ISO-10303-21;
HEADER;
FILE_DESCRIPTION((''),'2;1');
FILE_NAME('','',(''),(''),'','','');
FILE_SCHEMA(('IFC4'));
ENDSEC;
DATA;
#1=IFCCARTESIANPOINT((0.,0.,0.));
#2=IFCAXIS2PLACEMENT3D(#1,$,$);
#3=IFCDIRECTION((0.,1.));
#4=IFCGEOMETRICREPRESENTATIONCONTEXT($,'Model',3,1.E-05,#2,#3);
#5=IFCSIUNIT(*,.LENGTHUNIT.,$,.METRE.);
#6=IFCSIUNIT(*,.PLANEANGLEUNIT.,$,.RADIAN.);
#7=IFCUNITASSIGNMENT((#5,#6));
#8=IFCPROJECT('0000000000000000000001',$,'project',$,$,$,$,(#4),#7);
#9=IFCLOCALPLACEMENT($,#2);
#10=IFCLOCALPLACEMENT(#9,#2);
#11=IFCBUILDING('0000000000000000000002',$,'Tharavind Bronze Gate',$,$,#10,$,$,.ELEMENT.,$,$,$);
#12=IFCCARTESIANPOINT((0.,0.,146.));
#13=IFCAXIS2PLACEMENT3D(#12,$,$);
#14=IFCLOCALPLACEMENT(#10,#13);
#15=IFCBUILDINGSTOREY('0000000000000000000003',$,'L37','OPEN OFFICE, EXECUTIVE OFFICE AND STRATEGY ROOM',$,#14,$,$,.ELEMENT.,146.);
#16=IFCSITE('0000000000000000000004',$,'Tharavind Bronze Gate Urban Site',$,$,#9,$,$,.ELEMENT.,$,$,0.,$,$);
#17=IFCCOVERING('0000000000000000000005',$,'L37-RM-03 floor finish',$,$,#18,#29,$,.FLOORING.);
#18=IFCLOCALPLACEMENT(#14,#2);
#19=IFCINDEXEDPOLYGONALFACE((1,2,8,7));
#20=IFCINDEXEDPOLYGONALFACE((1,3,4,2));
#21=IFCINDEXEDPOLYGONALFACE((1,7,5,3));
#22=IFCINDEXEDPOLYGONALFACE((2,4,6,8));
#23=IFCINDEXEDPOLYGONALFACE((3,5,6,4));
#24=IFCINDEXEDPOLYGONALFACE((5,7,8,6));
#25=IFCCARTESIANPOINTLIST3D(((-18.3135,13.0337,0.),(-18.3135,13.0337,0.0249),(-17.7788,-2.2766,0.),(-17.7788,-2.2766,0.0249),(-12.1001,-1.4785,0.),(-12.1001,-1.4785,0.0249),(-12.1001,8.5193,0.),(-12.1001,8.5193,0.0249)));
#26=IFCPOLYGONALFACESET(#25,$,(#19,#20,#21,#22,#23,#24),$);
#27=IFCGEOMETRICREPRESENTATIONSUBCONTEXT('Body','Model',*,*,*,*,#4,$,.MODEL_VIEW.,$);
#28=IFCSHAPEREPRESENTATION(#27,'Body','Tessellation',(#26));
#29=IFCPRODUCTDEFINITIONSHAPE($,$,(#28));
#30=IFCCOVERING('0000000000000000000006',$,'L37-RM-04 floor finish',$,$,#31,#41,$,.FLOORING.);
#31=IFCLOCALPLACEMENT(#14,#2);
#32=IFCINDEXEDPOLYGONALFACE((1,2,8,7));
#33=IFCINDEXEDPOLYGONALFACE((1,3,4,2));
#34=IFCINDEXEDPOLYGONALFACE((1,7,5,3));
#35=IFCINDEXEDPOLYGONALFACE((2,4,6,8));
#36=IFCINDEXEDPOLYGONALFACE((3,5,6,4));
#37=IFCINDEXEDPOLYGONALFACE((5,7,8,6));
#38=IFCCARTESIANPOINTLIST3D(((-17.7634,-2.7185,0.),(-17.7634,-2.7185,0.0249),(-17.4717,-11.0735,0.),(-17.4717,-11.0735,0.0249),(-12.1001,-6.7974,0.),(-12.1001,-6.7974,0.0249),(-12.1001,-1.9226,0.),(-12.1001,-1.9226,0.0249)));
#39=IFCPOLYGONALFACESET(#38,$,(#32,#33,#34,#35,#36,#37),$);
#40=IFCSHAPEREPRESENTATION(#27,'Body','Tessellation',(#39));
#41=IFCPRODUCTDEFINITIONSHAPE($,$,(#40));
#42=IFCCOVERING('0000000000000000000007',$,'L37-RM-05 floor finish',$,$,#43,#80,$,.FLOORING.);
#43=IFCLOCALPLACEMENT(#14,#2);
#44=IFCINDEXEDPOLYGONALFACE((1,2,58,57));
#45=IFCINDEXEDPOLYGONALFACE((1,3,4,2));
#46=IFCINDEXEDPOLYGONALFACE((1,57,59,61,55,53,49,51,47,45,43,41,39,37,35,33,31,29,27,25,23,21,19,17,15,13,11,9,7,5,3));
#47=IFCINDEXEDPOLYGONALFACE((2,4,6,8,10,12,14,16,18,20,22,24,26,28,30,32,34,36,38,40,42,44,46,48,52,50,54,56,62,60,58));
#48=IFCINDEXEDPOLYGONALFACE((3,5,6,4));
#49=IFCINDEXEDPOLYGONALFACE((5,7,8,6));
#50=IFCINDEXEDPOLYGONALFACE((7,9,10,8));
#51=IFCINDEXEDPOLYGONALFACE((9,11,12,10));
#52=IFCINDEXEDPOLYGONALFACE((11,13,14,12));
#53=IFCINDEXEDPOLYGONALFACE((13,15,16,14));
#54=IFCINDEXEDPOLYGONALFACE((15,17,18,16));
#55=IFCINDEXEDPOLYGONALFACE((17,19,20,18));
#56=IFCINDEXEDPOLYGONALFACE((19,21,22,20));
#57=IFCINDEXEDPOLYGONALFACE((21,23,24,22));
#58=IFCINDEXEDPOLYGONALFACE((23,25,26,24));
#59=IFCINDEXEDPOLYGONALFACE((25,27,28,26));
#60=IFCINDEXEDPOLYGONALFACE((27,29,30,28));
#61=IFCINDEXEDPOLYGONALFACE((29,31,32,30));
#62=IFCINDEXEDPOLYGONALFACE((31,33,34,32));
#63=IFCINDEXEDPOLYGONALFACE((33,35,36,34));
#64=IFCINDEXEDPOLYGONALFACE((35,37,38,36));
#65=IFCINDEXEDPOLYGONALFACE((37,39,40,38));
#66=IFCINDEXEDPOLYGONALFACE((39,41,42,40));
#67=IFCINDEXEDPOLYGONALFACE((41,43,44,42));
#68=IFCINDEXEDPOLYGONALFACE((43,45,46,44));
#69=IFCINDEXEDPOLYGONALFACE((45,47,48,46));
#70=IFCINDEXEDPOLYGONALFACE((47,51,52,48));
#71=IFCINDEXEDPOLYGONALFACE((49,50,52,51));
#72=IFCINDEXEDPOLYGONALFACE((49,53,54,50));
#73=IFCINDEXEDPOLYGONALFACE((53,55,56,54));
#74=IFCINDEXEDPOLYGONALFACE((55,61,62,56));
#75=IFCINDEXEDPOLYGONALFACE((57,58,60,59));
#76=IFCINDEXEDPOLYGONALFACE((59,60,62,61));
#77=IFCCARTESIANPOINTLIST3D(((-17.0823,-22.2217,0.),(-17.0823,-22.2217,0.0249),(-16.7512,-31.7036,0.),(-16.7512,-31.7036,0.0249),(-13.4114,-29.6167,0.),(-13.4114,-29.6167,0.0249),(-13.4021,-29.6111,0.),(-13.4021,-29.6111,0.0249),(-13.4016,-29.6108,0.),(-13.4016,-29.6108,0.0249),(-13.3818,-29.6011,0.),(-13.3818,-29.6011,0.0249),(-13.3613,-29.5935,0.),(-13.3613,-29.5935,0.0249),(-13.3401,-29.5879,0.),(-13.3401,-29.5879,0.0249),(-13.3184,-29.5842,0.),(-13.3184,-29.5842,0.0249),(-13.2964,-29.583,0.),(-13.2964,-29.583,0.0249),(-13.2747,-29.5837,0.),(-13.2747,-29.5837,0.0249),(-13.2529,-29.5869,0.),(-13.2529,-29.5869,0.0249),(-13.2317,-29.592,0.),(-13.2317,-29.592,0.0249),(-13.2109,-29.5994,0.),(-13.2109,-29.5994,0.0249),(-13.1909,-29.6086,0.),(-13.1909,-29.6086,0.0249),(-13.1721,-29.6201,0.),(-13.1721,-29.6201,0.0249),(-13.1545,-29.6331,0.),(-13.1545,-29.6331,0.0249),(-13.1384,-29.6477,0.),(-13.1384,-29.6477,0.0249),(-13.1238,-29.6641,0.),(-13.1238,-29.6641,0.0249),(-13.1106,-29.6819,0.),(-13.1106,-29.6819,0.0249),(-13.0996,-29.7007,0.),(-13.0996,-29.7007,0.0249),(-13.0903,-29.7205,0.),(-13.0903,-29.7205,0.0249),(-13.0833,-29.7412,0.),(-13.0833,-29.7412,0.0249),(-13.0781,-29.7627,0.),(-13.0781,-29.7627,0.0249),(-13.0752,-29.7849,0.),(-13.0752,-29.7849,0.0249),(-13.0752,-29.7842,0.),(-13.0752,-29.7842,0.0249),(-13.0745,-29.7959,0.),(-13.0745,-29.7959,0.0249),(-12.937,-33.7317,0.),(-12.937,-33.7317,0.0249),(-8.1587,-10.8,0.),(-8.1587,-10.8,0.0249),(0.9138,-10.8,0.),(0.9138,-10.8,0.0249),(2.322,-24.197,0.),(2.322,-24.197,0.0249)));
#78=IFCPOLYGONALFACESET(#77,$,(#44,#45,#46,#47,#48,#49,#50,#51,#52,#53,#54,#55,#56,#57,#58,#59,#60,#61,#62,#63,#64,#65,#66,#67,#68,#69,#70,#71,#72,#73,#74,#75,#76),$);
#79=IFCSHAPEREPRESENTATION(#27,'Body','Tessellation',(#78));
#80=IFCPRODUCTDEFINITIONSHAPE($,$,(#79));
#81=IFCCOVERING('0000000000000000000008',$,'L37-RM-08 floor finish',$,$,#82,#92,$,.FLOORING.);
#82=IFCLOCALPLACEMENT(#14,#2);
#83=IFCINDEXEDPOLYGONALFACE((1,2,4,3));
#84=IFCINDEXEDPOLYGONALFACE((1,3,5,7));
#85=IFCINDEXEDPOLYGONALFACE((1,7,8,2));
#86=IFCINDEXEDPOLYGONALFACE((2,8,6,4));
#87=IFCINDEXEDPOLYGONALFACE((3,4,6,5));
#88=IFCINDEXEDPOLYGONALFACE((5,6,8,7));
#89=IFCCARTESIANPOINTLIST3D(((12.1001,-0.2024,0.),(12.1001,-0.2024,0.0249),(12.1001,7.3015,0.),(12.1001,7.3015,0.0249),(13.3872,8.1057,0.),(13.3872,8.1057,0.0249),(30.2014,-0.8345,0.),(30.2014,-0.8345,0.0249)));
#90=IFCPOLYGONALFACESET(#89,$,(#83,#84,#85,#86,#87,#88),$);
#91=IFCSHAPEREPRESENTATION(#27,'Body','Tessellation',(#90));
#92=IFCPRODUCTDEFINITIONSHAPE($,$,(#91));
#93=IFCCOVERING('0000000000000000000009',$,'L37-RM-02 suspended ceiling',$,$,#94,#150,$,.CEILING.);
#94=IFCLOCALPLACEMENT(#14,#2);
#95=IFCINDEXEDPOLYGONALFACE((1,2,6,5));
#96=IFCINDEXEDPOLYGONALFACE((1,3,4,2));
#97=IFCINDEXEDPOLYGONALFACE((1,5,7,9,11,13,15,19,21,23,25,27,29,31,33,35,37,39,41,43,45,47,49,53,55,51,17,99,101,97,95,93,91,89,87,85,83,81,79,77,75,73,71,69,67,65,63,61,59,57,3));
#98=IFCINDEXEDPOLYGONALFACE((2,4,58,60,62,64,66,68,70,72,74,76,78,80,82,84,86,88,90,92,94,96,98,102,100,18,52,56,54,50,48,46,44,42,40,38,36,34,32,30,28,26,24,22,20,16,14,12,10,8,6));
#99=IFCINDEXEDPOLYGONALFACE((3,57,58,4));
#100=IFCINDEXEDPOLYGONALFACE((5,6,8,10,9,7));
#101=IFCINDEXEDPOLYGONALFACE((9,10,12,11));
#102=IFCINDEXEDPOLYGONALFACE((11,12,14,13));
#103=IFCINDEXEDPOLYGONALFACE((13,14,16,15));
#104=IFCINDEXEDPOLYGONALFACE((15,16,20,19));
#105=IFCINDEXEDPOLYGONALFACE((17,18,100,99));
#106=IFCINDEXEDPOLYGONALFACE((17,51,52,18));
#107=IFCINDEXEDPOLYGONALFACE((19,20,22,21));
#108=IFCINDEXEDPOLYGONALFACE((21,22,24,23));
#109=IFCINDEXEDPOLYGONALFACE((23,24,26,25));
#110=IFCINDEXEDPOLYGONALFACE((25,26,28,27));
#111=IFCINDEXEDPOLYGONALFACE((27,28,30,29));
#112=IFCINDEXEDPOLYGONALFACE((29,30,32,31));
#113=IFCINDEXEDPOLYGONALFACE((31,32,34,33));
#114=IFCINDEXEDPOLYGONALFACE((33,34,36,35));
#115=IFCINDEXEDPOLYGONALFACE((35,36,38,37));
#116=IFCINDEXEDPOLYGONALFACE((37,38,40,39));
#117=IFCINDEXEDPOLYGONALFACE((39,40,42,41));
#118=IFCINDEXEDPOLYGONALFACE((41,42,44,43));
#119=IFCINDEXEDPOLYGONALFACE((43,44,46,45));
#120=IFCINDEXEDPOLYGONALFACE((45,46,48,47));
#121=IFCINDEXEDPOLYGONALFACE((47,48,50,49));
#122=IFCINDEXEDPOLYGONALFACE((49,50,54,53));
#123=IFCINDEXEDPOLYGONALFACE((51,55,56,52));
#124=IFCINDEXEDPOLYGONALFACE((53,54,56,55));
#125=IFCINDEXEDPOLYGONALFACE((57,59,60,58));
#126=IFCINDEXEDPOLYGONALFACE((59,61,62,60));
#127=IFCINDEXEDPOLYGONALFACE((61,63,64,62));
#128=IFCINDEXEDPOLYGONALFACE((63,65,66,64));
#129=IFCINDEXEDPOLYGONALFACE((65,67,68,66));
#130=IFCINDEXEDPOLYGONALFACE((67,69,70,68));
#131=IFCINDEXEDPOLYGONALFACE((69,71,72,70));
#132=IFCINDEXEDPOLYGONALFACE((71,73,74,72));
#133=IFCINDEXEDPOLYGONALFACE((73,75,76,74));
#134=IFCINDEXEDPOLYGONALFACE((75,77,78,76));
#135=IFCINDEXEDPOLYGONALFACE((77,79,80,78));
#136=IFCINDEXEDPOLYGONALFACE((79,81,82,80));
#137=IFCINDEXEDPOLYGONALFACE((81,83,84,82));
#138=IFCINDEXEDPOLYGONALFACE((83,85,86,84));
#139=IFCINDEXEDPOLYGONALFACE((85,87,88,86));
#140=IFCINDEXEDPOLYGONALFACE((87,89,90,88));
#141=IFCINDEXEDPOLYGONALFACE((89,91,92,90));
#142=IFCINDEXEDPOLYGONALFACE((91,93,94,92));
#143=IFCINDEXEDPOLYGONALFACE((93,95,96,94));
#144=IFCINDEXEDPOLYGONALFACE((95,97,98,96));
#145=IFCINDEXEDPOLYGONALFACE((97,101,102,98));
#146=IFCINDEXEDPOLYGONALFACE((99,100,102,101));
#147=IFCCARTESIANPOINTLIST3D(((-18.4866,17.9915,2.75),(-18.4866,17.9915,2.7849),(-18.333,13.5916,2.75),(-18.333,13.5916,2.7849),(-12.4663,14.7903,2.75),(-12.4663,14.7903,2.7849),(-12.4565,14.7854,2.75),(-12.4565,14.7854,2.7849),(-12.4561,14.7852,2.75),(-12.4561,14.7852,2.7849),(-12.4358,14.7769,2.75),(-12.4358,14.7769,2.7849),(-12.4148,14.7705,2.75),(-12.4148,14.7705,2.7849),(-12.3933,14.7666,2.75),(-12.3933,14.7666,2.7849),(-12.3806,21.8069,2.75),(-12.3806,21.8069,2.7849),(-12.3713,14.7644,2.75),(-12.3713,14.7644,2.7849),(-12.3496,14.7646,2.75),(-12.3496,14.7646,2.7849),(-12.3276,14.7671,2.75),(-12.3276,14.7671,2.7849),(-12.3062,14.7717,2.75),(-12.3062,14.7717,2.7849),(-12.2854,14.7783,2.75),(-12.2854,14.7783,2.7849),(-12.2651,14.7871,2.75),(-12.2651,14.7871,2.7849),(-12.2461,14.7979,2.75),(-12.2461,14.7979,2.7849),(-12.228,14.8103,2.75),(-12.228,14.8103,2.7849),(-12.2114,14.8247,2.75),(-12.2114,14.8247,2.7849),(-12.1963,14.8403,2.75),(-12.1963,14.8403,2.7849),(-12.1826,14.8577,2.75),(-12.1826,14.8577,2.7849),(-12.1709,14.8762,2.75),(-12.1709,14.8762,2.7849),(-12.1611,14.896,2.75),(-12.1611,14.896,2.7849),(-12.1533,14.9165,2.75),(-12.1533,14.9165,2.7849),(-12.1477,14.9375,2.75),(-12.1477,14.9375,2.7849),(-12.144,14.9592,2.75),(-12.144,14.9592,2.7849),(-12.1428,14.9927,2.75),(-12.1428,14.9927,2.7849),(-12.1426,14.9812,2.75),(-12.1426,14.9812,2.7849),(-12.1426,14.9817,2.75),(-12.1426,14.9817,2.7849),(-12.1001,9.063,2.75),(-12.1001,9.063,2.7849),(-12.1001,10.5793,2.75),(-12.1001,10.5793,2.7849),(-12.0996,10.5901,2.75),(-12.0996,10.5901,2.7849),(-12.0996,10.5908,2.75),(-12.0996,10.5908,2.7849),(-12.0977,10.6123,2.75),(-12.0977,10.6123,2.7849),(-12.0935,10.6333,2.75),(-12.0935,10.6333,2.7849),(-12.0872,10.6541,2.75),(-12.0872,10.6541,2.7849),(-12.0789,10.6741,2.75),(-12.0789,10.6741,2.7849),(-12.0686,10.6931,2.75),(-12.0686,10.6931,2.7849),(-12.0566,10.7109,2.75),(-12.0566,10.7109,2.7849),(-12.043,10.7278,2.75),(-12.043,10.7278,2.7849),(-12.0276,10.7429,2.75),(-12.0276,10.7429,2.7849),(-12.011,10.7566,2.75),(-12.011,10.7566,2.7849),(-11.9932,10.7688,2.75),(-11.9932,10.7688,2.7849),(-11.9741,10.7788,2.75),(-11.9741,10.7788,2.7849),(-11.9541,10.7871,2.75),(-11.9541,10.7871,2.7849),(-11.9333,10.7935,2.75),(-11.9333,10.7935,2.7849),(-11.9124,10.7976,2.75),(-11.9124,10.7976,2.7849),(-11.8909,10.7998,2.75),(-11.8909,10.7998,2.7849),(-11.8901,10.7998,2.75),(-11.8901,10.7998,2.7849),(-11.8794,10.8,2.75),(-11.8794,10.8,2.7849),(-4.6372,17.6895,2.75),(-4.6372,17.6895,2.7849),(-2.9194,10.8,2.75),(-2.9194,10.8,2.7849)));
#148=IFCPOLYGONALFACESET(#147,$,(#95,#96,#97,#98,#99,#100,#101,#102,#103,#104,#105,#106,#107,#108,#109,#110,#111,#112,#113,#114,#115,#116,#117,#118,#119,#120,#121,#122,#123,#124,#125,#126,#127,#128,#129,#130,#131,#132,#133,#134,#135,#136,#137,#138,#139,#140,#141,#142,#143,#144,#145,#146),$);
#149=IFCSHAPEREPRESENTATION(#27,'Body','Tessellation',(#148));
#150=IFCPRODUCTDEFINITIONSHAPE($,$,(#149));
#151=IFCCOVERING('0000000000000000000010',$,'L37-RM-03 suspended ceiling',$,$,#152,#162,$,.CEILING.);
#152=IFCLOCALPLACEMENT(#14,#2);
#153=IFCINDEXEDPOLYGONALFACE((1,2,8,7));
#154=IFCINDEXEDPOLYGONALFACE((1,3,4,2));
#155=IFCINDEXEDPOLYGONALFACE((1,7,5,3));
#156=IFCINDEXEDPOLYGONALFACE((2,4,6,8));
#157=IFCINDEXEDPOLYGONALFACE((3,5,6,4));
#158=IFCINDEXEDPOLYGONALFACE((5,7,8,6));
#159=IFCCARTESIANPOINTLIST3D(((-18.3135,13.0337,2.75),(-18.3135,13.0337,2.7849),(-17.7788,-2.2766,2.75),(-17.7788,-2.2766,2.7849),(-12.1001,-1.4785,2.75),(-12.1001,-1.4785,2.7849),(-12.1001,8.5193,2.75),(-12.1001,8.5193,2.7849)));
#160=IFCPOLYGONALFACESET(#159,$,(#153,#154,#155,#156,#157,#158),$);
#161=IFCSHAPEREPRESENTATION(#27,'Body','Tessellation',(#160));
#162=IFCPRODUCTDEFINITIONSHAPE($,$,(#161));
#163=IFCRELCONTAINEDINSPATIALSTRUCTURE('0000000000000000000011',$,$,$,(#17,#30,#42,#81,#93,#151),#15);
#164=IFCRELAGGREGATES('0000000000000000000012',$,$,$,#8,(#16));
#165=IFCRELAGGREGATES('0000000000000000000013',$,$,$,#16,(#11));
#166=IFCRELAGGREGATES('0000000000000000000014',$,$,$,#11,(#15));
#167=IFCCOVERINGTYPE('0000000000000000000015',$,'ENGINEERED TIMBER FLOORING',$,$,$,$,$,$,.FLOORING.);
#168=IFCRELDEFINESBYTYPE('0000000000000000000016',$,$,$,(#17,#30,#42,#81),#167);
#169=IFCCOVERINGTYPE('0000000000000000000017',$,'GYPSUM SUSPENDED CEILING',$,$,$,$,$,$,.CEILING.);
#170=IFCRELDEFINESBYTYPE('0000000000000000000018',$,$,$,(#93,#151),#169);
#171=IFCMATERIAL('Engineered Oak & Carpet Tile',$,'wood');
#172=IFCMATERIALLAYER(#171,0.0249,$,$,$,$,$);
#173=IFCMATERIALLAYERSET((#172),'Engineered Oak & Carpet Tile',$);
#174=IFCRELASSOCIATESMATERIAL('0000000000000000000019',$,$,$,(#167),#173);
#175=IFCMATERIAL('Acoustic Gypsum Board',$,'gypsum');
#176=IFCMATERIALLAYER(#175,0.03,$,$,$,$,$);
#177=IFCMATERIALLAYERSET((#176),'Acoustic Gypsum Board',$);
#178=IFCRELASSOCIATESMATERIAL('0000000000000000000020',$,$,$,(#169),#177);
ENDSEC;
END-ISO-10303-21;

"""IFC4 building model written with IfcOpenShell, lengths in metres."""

from ifc_helpers import new_model, si_unit, direction, frame, origin, place, context, subcontext, project, spatial, polyline, outline, extrude, material, layer, layer_set, type_object, element, save


model = new_model("IFC4")

# Units and contexts
model_context = context("Model", 3, precision=1e-05, world=origin(), true_north=direction((0.0, 1.0)))
body_context = subcontext(model_context, "Body", "Model", "MODEL_VIEW")
ifc_project = project(units=[si_unit("LENGTHUNIT", "METRE"), si_unit("PLANEANGLEUNIT", "RADIAN")], contexts=[model_context])

# Site, building, storey
site_placement = place(None, origin())
site = spatial("IfcSite", under=ifc_project, at=site_placement, Name="Tharavind Bronze Gate Urban Site", CompositionType="ELEMENT", RefElevation=0.0)
building_placement = place(site_placement, origin())
building = spatial("IfcBuilding", under=site, at=building_placement, Name="Tharavind Bronze Gate", CompositionType="ELEMENT")
storey_placement = place(building_placement, frame((0.0, 0.0, 146.0)))
storey = spatial("IfcBuildingStorey", under=building, at=storey_placement, Name="L37", Description="OPEN OFFICE, EXECUTIVE OFFICE AND STRATEGY ROOM", CompositionType="ELEMENT", Elevation=146.0)

# Coverings
ifc_material_1 = material(Name="Engineered Oak & Carpet Tile", Category="wood")
ifc_layer_1 = layer(ifc_material_1, 0.0249)
ifc_layer_set_1 = layer_set([ifc_layer_1], Name="Engineered Oak & Carpet Tile")
covering_type_1 = type_object("IfcCoveringType", Name="ENGINEERED TIMBER FLOORING", PredefinedType="FLOORING", material=ifc_layer_set_1)
covering_1_placement = place(storey_placement, origin())
element("IfcCovering", 1, at=covering_1_placement, inside=storey, type_object=covering_type_1, Name="L37-RM-03 floor finish", PredefinedType="FLOORING", context=body_context, shape_type="SweptSolid", body=[
    extrude(outline(polyline([(-17.7788, -2.2766), (-12.1001, -1.4785), (-12.1001, 8.5193), (-18.3135, 13.0337), (-17.7788, -2.2766)])), origin(), (0.0, 0.0, 1.0), 0.0249),
])
covering_2_placement = place(storey_placement, origin())
element("IfcCovering", 2, at=covering_2_placement, inside=storey, type_object=covering_type_1, Name="L37-RM-04 floor finish", PredefinedType="FLOORING", context=body_context, shape_type="SweptSolid", body=[
    extrude(outline(polyline([(-17.4717, -11.0735), (-12.1001, -6.7974), (-12.1001, -1.9226), (-17.7634, -2.7185), (-17.4717, -11.0735)])), origin(), (0.0, 0.0, 1.0), 0.0249),
])
covering_3_placement = place(storey_placement, origin())
element("IfcCovering", 3, at=covering_3_placement, inside=storey, type_object=covering_type_1, Name="L37-RM-05 floor finish", PredefinedType="FLOORING", context=body_context, shape_type="SweptSolid", body=[
    extrude(outline(polyline([(-16.7512, -31.7036), (-13.4114, -29.6167), (-13.4021, -29.6111), (-13.4016, -29.6108), (-13.3818, -29.6011), (-13.3613, -29.5935), (-13.3401, -29.5879), (-13.3184, -29.5842), (-13.2964, -29.583), (-13.2747, -29.5837), (-13.2529, -29.5869), (-13.2317, -29.592), (-13.2109, -29.5994), (-13.1909, -29.6086), (-13.1721, -29.6201), (-13.1545, -29.6331), (-13.1384, -29.6477), (-13.1238, -29.6641), (-13.1106, -29.6819), (-13.0996, -29.7007), (-13.0903, -29.7205), (-13.0833, -29.7412), (-13.0781, -29.7627), (-13.0752, -29.7842), (-13.0752, -29.7849), (-13.0745, -29.7959), (-12.937, -33.7317), (2.322, -24.197), (0.9138, -10.8), (-8.1587, -10.8), (-17.0823, -22.2217), (-16.7512, -31.7036)])), origin(), (0.0, 0.0, 1.0), 0.0249),
])
covering_4_placement = place(storey_placement, origin())
element("IfcCovering", 4, at=covering_4_placement, inside=storey, type_object=covering_type_1, Name="L37-RM-08 floor finish", PredefinedType="FLOORING", context=body_context, shape_type="SweptSolid", body=[
    extrude(outline(polyline([(30.2014, -0.8345), (13.3872, 8.1057), (12.1001, 7.3015), (12.1001, -0.2024), (30.2014, -0.8345)])), origin(), (0.0, 0.0, 1.0), 0.0249),
])
ifc_material_2 = material(Name="Acoustic Gypsum Board", Category="gypsum")
ifc_layer_2 = layer(ifc_material_2, 0.03)
ifc_layer_set_2 = layer_set([ifc_layer_2], Name="Acoustic Gypsum Board")
covering_type_2 = type_object("IfcCoveringType", Name="GYPSUM SUSPENDED CEILING", PredefinedType="CEILING", material=ifc_layer_set_2)
covering_5_placement = place(storey_placement, frame((0.0, 0.0, 2.75)))
element("IfcCovering", 5, at=covering_5_placement, inside=storey, type_object=covering_type_2, Name="L37-RM-02 suspended ceiling", PredefinedType="CEILING", context=body_context, shape_type="SweptSolid", body=[
    extrude(outline(polyline([(-18.333, 13.5916), (-12.1001, 9.063), (-12.1001, 10.5793), (-12.0996, 10.5901), (-12.0996, 10.5908), (-12.0977, 10.6123), (-12.0935, 10.6333), (-12.0872, 10.6541), (-12.0789, 10.6741), (-12.0686, 10.6931), (-12.0566, 10.7109), (-12.043, 10.7278), (-12.0276, 10.7429), (-12.011, 10.7566), (-11.9932, 10.7688), (-11.9741, 10.7788), (-11.9541, 10.7871), (-11.9333, 10.7935), (-11.9124, 10.7976), (-11.8909, 10.7998), (-11.8901, 10.7998), (-11.8794, 10.8), (-2.9194, 10.8), (-4.6372, 17.6895), (-12.3806, 21.8069), (-12.1428, 14.9927), (-12.1426, 14.9817), (-12.1426, 14.9812), (-12.144, 14.9592), (-12.1477, 14.9375), (-12.1533, 14.9165), (-12.1611, 14.896), (-12.1709, 14.8762), (-12.1826, 14.8577), (-12.1963, 14.8403), (-12.2114, 14.8247), (-12.228, 14.8103), (-12.2461, 14.7979), (-12.2651, 14.7871), (-12.2854, 14.7783), (-12.3062, 14.7717), (-12.3276, 14.7671), (-12.3496, 14.7646), (-12.3713, 14.7644), (-12.3933, 14.7666), (-12.4148, 14.7705), (-12.4358, 14.7769), (-12.4561, 14.7852), (-12.4565, 14.7854), (-12.4663, 14.7903), (-18.4866, 17.9915), (-18.333, 13.5916)])), origin(), (0.0, 0.0, 1.0), 0.0349),
])
covering_6_placement = place(storey_placement, frame((0.0, 0.0, 2.75)))
element("IfcCovering", 6, at=covering_6_placement, inside=storey, type_object=covering_type_2, Name="L37-RM-03 suspended ceiling", PredefinedType="CEILING", context=body_context, shape_type="SweptSolid", body=[
    extrude(outline(polyline([(-17.7788, -2.2766), (-12.1001, -1.4785), (-12.1001, 8.5193), (-18.3135, 13.0337), (-17.7788, -2.2766)])), origin(), (0.0, 0.0, 1.0), 0.0349),
])

save(model, "model.ifc")
